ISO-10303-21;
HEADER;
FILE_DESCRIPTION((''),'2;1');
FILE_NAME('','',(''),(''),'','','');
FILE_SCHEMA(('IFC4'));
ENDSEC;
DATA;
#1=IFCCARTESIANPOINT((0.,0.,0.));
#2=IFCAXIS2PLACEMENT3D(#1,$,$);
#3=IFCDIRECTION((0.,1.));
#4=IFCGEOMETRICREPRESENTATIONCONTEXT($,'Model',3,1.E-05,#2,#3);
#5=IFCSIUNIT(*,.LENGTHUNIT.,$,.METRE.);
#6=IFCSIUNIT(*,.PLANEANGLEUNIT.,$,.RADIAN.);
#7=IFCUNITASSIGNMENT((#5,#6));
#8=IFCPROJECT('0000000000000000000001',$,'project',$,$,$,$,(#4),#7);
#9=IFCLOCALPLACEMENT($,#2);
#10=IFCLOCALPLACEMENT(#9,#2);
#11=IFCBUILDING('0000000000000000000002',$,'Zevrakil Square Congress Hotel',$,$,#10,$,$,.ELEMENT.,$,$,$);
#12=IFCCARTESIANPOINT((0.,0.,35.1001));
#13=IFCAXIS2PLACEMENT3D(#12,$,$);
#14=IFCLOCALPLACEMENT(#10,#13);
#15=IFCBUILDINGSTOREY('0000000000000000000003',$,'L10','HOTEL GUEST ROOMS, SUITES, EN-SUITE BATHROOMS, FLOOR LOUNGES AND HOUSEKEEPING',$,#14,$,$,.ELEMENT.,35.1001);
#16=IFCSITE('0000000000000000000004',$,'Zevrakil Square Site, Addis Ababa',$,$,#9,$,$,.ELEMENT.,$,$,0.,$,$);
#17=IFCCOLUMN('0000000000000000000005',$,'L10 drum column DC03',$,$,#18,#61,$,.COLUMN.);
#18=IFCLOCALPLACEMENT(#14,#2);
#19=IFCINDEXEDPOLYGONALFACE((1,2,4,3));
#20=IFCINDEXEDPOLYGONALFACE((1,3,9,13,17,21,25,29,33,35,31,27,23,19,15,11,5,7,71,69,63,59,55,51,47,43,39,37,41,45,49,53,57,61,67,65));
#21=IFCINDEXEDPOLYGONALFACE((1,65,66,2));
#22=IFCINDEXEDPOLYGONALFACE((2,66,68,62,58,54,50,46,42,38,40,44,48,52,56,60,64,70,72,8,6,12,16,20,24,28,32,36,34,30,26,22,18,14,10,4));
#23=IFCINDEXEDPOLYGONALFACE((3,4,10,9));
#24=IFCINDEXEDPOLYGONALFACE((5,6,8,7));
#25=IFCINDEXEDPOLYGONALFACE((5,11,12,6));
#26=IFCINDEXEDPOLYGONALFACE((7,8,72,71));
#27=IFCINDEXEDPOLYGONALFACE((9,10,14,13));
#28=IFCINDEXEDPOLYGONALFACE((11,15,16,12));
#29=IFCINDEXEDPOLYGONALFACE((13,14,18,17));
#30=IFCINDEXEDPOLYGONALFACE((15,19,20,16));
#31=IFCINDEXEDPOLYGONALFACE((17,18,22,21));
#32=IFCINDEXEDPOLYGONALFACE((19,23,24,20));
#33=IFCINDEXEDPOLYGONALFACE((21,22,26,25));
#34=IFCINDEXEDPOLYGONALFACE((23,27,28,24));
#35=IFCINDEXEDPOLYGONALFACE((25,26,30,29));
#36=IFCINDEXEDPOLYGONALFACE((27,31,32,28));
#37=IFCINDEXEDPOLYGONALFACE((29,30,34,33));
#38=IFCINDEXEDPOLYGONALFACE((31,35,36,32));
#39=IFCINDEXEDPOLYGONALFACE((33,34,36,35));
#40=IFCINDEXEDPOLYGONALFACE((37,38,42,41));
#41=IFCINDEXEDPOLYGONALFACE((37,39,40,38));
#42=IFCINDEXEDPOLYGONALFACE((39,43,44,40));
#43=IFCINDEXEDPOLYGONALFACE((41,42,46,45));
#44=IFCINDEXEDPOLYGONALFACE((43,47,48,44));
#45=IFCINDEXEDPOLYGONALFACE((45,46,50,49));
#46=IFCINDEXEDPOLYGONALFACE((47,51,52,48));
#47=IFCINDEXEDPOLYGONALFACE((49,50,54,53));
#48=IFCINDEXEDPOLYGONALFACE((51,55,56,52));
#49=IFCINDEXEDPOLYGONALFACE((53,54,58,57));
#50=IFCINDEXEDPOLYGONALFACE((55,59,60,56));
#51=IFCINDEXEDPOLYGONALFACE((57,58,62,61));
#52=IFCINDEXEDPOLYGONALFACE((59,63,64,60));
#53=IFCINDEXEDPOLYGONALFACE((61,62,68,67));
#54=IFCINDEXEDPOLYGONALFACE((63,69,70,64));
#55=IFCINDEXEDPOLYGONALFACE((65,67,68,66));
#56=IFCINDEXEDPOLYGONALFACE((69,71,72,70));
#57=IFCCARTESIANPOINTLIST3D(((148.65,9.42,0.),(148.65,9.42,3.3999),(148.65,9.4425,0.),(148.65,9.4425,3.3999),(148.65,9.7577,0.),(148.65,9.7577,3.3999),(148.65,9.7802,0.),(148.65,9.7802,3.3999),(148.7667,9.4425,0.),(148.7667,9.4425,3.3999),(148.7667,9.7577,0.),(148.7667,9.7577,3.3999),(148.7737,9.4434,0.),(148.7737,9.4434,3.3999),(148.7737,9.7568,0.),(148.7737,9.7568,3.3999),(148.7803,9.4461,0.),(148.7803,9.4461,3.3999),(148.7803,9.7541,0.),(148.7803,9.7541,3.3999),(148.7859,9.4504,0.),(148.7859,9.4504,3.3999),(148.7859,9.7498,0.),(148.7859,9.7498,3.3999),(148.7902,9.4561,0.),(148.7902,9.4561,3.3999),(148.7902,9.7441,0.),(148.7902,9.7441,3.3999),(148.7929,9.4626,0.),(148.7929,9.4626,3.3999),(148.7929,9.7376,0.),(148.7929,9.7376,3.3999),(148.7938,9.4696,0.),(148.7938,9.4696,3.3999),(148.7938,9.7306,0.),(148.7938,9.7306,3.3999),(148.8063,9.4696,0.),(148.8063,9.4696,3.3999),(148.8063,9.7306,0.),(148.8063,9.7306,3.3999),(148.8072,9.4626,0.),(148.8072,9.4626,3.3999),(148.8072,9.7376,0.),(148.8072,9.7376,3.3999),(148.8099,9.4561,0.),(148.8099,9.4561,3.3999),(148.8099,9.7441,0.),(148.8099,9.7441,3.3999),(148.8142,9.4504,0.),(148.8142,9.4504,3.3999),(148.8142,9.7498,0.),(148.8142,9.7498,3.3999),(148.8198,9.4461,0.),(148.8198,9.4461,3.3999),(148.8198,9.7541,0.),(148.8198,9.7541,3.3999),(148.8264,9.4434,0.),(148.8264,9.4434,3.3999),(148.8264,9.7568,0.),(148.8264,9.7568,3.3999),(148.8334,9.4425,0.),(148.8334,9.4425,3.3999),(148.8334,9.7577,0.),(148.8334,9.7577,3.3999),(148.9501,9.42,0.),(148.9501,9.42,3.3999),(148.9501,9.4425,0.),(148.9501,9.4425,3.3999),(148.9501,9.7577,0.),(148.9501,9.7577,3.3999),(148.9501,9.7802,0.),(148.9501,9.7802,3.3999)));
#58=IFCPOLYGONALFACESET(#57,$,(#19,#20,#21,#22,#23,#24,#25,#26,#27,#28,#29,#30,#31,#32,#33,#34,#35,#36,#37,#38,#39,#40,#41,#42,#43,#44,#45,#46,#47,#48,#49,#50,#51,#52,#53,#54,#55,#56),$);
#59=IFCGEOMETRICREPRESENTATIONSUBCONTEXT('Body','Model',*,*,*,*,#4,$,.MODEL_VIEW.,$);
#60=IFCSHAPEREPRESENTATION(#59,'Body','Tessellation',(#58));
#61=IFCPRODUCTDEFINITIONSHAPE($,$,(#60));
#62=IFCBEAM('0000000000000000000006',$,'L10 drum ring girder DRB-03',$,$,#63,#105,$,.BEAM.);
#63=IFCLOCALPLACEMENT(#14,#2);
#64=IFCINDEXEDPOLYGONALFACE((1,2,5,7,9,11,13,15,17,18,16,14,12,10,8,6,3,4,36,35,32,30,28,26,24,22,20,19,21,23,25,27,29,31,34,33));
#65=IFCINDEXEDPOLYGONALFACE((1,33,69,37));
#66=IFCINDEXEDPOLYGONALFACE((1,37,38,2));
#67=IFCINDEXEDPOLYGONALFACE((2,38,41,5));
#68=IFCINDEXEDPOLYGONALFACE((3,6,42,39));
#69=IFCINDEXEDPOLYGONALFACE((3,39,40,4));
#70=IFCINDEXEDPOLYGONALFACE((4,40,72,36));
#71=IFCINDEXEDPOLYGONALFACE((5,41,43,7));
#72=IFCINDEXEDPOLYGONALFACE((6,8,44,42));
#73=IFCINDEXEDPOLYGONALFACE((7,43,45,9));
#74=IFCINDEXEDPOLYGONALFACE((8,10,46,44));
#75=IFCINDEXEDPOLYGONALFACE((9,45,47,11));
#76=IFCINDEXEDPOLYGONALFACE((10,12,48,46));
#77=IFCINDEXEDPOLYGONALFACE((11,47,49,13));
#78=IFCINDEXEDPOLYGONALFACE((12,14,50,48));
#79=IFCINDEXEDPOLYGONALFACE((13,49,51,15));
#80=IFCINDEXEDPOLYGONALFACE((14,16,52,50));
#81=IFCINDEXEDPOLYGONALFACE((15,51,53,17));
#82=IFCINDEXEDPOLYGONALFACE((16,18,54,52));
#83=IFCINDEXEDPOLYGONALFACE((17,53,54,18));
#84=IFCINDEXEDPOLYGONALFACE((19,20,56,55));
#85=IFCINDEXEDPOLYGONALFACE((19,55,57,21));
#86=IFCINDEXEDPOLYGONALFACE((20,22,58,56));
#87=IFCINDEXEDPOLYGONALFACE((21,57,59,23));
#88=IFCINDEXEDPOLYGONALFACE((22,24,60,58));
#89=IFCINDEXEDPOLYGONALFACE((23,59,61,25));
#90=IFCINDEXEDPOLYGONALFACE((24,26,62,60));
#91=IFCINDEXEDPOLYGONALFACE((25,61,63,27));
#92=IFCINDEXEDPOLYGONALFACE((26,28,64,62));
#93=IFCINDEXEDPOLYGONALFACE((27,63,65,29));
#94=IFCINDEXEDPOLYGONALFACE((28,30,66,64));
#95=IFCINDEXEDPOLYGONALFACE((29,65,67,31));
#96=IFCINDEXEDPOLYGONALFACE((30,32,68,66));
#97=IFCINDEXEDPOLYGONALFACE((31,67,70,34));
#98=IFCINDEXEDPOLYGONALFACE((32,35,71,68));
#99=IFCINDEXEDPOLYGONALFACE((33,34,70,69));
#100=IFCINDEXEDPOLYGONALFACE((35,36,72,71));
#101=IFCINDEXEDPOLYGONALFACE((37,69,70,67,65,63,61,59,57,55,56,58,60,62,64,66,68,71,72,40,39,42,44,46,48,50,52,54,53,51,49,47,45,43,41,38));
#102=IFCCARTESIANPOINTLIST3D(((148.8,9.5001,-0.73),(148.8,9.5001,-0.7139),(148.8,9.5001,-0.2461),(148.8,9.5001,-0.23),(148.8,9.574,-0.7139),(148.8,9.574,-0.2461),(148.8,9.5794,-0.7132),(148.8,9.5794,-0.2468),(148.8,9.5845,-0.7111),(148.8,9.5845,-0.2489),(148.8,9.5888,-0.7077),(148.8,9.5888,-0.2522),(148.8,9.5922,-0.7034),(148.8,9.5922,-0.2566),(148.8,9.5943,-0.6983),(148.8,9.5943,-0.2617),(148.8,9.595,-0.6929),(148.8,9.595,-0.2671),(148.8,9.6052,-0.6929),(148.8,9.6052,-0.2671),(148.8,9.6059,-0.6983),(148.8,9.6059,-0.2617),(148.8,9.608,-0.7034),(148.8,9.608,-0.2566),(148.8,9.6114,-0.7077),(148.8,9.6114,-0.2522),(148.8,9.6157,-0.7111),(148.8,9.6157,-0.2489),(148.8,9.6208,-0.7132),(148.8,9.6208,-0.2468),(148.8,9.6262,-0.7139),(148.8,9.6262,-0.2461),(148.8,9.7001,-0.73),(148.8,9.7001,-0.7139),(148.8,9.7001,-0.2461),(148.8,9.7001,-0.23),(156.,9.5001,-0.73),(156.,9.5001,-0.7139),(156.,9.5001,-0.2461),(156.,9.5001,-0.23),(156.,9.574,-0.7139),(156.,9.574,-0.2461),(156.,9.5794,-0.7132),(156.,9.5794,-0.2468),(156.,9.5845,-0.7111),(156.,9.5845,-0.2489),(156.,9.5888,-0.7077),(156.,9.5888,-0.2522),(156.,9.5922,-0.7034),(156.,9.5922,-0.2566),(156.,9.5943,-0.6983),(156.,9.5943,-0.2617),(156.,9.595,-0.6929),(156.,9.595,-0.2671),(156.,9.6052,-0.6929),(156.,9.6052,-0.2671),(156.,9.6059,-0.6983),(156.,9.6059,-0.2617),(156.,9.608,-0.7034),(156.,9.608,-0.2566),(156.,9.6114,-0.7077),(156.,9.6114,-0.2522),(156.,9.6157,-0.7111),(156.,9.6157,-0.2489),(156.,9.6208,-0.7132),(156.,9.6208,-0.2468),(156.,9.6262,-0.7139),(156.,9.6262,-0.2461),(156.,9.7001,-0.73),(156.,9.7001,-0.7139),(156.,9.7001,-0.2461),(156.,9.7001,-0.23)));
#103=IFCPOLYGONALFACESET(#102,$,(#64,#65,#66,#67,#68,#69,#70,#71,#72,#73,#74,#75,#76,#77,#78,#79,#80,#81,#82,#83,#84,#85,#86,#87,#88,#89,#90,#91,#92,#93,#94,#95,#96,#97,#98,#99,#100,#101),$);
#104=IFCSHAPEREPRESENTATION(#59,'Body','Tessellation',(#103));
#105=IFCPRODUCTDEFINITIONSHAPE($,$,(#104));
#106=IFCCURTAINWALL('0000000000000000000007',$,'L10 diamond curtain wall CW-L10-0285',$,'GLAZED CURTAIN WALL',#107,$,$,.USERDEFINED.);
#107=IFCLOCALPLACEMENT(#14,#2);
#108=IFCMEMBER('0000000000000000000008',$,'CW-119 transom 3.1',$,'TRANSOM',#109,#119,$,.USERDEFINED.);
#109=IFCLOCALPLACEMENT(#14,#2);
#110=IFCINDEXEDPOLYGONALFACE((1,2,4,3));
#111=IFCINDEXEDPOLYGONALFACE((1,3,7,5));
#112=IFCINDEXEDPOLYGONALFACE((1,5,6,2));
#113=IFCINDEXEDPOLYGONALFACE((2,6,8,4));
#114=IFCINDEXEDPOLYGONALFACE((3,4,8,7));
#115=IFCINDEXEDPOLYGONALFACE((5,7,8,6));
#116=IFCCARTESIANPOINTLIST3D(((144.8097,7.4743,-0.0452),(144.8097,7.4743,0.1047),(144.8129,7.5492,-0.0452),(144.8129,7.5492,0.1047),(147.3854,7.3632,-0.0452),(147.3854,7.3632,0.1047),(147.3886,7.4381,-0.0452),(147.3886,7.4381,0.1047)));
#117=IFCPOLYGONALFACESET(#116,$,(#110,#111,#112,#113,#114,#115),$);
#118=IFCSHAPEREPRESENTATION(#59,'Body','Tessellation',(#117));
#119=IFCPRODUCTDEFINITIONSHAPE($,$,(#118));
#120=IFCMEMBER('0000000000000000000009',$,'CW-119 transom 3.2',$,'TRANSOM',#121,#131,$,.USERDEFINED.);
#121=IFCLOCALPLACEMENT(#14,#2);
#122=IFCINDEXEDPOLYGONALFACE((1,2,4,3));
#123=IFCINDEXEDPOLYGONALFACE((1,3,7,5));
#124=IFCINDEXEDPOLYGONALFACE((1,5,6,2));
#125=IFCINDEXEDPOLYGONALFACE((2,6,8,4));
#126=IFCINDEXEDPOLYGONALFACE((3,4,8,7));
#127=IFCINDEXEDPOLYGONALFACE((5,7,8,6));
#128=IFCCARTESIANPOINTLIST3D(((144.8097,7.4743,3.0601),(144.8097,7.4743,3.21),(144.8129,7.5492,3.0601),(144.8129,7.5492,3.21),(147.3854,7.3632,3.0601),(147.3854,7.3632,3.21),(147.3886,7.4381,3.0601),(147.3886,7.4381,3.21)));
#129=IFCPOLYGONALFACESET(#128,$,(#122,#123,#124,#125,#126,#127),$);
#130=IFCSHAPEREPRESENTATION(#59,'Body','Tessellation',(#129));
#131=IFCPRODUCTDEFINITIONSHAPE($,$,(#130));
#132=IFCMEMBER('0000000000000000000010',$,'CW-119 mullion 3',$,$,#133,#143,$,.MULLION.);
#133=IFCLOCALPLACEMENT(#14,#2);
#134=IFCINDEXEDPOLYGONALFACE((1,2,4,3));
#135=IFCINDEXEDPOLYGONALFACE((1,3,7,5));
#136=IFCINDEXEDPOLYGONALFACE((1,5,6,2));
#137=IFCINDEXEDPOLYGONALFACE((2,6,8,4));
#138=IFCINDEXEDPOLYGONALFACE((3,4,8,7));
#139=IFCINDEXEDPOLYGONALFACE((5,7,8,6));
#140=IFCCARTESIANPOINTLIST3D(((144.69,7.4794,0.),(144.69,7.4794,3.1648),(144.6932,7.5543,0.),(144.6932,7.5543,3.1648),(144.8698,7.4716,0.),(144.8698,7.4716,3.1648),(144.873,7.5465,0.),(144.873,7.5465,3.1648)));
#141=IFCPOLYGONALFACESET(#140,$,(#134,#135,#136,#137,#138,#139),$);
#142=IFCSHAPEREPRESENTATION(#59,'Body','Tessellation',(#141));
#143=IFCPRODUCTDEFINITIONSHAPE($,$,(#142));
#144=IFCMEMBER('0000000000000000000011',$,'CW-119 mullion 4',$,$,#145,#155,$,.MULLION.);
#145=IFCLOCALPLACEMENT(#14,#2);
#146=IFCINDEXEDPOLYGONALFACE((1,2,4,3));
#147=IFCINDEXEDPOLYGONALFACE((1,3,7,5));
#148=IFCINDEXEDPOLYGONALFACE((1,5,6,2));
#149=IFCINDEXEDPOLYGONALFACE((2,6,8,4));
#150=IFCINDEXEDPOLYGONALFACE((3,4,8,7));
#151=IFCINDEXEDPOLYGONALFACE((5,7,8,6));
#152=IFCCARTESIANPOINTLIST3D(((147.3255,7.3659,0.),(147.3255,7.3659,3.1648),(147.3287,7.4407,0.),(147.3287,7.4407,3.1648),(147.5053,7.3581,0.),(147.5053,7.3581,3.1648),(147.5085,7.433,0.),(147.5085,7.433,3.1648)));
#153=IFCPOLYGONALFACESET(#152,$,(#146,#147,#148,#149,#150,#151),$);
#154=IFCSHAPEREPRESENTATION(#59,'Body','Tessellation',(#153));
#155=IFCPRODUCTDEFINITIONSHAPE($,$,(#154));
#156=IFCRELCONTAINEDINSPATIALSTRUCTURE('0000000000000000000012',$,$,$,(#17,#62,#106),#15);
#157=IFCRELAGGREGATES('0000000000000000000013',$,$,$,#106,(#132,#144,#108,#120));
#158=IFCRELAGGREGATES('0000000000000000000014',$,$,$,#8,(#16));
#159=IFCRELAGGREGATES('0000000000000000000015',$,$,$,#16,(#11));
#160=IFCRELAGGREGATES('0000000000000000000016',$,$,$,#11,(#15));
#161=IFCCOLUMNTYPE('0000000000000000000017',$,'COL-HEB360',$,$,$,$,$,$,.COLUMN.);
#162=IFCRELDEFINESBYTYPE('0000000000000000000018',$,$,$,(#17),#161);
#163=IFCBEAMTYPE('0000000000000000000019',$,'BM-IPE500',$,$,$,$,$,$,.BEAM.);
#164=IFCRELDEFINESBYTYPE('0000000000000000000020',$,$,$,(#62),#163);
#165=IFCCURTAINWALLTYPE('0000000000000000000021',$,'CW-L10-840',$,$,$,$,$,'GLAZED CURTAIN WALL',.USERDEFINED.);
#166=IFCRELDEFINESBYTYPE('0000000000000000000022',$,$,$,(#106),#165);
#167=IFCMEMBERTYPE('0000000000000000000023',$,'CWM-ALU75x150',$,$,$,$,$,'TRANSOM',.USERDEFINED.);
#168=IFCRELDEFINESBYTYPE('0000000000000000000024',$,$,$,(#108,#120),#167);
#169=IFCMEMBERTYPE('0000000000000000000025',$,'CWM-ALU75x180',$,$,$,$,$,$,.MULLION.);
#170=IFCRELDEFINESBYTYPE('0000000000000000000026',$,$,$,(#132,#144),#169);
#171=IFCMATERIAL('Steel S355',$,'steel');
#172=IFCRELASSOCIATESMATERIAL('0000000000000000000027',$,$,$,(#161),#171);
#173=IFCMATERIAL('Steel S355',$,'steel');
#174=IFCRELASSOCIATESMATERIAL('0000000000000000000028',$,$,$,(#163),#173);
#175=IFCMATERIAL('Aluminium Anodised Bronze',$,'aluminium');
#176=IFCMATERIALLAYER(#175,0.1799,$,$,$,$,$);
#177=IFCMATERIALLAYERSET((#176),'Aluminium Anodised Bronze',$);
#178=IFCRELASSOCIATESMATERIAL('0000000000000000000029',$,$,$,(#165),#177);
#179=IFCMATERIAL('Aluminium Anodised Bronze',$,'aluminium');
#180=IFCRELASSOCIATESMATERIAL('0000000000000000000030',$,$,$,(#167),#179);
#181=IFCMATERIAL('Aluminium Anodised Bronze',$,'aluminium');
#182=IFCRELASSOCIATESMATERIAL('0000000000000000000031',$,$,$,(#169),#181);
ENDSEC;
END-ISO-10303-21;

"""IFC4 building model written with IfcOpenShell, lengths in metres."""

from ifc_helpers import new_model, si_unit, direction, frame, origin, origin_2d, place, context, subcontext, project, spatial, rectangle, i_section, extrude, material, layer, layer_set, material_profile, profile_set, type_object, element, aggregate, save


model = new_model("IFC4")

# Units and contexts
model_context = context("Model", 3, precision=1e-05, world=origin(), true_north=direction((0.0, 1.0)))
body_context = subcontext(model_context, "Body", "Model", "MODEL_VIEW")
ifc_project = project(units=[si_unit("LENGTHUNIT", "METRE"), si_unit("PLANEANGLEUNIT", "RADIAN")], contexts=[model_context])

# Site, building, storey
site_placement = place(None, origin())
site = spatial("IfcSite", under=ifc_project, at=site_placement, Name="Zevrakil Square Site, Addis Ababa", CompositionType="ELEMENT", RefElevation=0.0)
building_placement = place(site_placement, origin())
building = spatial("IfcBuilding", under=site, at=building_placement, Name="Zevrakil Square Congress Hotel", CompositionType="ELEMENT")
storey_placement = place(building_placement, frame((0.0, 0.0, 35.1001)))
storey = spatial("IfcBuildingStorey", under=building, at=storey_placement, Name="L10", Description="HOTEL GUEST ROOMS, SUITES, EN-SUITE BATHROOMS, FLOOR LOUNGES AND HOUSEKEEPING", CompositionType="ELEMENT", Elevation=35.1001)

# Column
ifc_material_1 = material(Name="Steel S355", Category="steel")
ifc_material_profile_1 = material_profile(ifc_material_1, i_section(OverallWidth=0.3, OverallDepth=0.3601, WebThickness=0.0125, FlangeThickness=0.0225, FilletRadius=0.0271, at=origin_2d()), Name="HEB 360")
ifc_profile_set_1 = profile_set([ifc_material_profile_1], Name="Steel S355")
column_type = type_object("IfcColumnType", Name="COL-HEB360", PredefinedType="COLUMN", material=ifc_profile_set_1)
column_placement = place(storey_placement, frame((148.8, 9.6001, 0.0), z_axis=(0.0, 0.0, 1.0), x_axis=(1.0, 0.0, 0.0)))
element("IfcColumn", 1, at=column_placement, inside=storey, type_object=column_type, Name="L10 drum column DC03", PredefinedType="COLUMN", context=body_context, shape_type="SweptSolid", body=[
    extrude(i_section(OverallWidth=0.3, OverallDepth=0.3601, WebThickness=0.0125, FlangeThickness=0.0225, FilletRadius=0.0271, at=origin_2d()), origin(), (0.0, 0.0, 1.0), 3.3999),
])

# Beam
ifc_material_2 = material(Name="Steel S355", Category="steel")
ifc_material_profile_2 = material_profile(ifc_material_2, i_section(OverallWidth=0.2, OverallDepth=0.5, WebThickness=0.0103, FlangeThickness=0.0161, FilletRadius=0.021, at=origin_2d()), Name="IPE 500")
ifc_profile_set_2 = profile_set([ifc_material_profile_2], Name="Steel S355")
beam_type_1 = type_object("IfcBeamType", Name="BM-IPE500", PredefinedType="BEAM", material=ifc_profile_set_2)
beam_1_placement = place(storey_placement, frame((148.8, 9.6001, -0.48), z_axis=(1.0, 0.0, 0.0), x_axis=(0.0, 1.0, 0.0)))
element("IfcBeam", 2, at=beam_1_placement, inside=storey, type_object=beam_type_1, Name="L10 drum ring girder DRB-03", PredefinedType="BEAM", context=body_context, shape_type="SweptSolid", body=[
    extrude(i_section(OverallWidth=0.2, OverallDepth=0.5, WebThickness=0.0103, FlangeThickness=0.0161, FilletRadius=0.021, at=origin_2d()), origin(), (0.0, 0.0, 1.0), 7.2),
])

# Curtain wall, members
ifc_material_3 = material(Name="Aluminium Anodised Bronze", Category="aluminium")
ifc_layer_1 = layer(ifc_material_3, 0.1799)
ifc_layer_set_1 = layer_set([ifc_layer_1], Name="Aluminium Anodised Bronze")
curtain_wall_type = type_object("IfcCurtainWallType", Name="CW-L10-840", ElementType="GLAZED CURTAIN WALL", PredefinedType="USERDEFINED", material=ifc_layer_set_1)
curtain_wall_placement = place(storey_placement, origin())
curtain_wall = element("IfcCurtainWall", 3, at=curtain_wall_placement, inside=storey, type_object=curtain_wall_type, Name="L10 diamond curtain wall CW-L10-0285", ObjectType="GLAZED CURTAIN WALL", PredefinedType="USERDEFINED")
ifc_material_4 = material(Name="Aluminium Anodised Bronze", Category="aluminium")
ifc_material_profile_3 = material_profile(ifc_material_4, rectangle(XDim=0.075, YDim=0.1499, at=origin_2d()), Name="ALU 75x150")
ifc_profile_set_3 = profile_set([ifc_material_profile_3], Name="Aluminium Anodised Bronze")
member_type_1 = type_object("IfcMemberType", Name="CWM-ALU75x150", ElementType="TRANSOM", PredefinedType="USERDEFINED", material=ifc_profile_set_3)
member_1_placement = place(storey_placement, frame((144.8113, 7.5117, 0.0298), z_axis=(0.999071, -0.043088, 0.0), x_axis=(0.043088, 0.999071, 0.0)))
member_1 = element("IfcMember", 4, at=member_1_placement, type_object=member_type_1, Name="CW-119 transom 3.1", ObjectType="TRANSOM", PredefinedType="USERDEFINED", context=body_context, shape_type="SweptSolid", body=[
    extrude(rectangle(XDim=0.075, YDim=0.1499, at=origin_2d()), origin(), (0.0, 0.0, 1.0), 2.5781),
])
member_2_placement = place(storey_placement, frame((144.8113, 7.5117, 3.135), z_axis=(0.999071, -0.043088, 0.0), x_axis=(0.043088, 0.999071, 0.0)))
member_2 = element("IfcMember", 5, at=member_2_placement, type_object=member_type_1, Name="CW-119 transom 3.2", ObjectType="TRANSOM", PredefinedType="USERDEFINED", context=body_context, shape_type="SweptSolid", body=[
    extrude(rectangle(XDim=0.075, YDim=0.1499, at=origin_2d()), origin(), (0.0, 0.0, 1.0), 2.5781),
])
ifc_material_5 = material(Name="Aluminium Anodised Bronze", Category="aluminium")
ifc_material_profile_4 = material_profile(ifc_material_5, rectangle(XDim=0.075, YDim=0.1799, at=origin_2d()), Name="ALU 75x180")
ifc_profile_set_4 = profile_set([ifc_material_profile_4], Name="Aluminium Anodised Bronze")
member_type_2 = type_object("IfcMemberType", Name="CWM-ALU75x180", PredefinedType="MULLION", material=ifc_profile_set_4)
member_3_placement = place(storey_placement, frame((144.7815, 7.5129, 0.0), z_axis=(0.0, 0.0, 1.0), x_axis=(0.043102, 0.999071, 0.0)))
member_3 = element("IfcMember", 6, at=member_3_placement, type_object=member_type_2, Name="CW-119 mullion 3", PredefinedType="MULLION", context=body_context, shape_type="SweptSolid", body=[
    extrude(rectangle(XDim=0.075, YDim=0.1799, at=origin_2d()), origin(), (0.0, 0.0, 1.0), 3.1648),
])
member_4_placement = place(storey_placement, frame((147.417, 7.3994, 0.0), z_axis=(0.0, 0.0, 1.0), x_axis=(0.043102, 0.999071, 0.0)))
member_4 = element("IfcMember", 7, at=member_4_placement, type_object=member_type_2, Name="CW-119 mullion 4", PredefinedType="MULLION", context=body_context, shape_type="SweptSolid", body=[
    extrude(rectangle(XDim=0.075, YDim=0.1799, at=origin_2d()), origin(), (0.0, 0.0, 1.0), 3.1648),
])

aggregate(curtain_wall, [member_3, member_4, member_1, member_2])

save(model, "model.ifc")
